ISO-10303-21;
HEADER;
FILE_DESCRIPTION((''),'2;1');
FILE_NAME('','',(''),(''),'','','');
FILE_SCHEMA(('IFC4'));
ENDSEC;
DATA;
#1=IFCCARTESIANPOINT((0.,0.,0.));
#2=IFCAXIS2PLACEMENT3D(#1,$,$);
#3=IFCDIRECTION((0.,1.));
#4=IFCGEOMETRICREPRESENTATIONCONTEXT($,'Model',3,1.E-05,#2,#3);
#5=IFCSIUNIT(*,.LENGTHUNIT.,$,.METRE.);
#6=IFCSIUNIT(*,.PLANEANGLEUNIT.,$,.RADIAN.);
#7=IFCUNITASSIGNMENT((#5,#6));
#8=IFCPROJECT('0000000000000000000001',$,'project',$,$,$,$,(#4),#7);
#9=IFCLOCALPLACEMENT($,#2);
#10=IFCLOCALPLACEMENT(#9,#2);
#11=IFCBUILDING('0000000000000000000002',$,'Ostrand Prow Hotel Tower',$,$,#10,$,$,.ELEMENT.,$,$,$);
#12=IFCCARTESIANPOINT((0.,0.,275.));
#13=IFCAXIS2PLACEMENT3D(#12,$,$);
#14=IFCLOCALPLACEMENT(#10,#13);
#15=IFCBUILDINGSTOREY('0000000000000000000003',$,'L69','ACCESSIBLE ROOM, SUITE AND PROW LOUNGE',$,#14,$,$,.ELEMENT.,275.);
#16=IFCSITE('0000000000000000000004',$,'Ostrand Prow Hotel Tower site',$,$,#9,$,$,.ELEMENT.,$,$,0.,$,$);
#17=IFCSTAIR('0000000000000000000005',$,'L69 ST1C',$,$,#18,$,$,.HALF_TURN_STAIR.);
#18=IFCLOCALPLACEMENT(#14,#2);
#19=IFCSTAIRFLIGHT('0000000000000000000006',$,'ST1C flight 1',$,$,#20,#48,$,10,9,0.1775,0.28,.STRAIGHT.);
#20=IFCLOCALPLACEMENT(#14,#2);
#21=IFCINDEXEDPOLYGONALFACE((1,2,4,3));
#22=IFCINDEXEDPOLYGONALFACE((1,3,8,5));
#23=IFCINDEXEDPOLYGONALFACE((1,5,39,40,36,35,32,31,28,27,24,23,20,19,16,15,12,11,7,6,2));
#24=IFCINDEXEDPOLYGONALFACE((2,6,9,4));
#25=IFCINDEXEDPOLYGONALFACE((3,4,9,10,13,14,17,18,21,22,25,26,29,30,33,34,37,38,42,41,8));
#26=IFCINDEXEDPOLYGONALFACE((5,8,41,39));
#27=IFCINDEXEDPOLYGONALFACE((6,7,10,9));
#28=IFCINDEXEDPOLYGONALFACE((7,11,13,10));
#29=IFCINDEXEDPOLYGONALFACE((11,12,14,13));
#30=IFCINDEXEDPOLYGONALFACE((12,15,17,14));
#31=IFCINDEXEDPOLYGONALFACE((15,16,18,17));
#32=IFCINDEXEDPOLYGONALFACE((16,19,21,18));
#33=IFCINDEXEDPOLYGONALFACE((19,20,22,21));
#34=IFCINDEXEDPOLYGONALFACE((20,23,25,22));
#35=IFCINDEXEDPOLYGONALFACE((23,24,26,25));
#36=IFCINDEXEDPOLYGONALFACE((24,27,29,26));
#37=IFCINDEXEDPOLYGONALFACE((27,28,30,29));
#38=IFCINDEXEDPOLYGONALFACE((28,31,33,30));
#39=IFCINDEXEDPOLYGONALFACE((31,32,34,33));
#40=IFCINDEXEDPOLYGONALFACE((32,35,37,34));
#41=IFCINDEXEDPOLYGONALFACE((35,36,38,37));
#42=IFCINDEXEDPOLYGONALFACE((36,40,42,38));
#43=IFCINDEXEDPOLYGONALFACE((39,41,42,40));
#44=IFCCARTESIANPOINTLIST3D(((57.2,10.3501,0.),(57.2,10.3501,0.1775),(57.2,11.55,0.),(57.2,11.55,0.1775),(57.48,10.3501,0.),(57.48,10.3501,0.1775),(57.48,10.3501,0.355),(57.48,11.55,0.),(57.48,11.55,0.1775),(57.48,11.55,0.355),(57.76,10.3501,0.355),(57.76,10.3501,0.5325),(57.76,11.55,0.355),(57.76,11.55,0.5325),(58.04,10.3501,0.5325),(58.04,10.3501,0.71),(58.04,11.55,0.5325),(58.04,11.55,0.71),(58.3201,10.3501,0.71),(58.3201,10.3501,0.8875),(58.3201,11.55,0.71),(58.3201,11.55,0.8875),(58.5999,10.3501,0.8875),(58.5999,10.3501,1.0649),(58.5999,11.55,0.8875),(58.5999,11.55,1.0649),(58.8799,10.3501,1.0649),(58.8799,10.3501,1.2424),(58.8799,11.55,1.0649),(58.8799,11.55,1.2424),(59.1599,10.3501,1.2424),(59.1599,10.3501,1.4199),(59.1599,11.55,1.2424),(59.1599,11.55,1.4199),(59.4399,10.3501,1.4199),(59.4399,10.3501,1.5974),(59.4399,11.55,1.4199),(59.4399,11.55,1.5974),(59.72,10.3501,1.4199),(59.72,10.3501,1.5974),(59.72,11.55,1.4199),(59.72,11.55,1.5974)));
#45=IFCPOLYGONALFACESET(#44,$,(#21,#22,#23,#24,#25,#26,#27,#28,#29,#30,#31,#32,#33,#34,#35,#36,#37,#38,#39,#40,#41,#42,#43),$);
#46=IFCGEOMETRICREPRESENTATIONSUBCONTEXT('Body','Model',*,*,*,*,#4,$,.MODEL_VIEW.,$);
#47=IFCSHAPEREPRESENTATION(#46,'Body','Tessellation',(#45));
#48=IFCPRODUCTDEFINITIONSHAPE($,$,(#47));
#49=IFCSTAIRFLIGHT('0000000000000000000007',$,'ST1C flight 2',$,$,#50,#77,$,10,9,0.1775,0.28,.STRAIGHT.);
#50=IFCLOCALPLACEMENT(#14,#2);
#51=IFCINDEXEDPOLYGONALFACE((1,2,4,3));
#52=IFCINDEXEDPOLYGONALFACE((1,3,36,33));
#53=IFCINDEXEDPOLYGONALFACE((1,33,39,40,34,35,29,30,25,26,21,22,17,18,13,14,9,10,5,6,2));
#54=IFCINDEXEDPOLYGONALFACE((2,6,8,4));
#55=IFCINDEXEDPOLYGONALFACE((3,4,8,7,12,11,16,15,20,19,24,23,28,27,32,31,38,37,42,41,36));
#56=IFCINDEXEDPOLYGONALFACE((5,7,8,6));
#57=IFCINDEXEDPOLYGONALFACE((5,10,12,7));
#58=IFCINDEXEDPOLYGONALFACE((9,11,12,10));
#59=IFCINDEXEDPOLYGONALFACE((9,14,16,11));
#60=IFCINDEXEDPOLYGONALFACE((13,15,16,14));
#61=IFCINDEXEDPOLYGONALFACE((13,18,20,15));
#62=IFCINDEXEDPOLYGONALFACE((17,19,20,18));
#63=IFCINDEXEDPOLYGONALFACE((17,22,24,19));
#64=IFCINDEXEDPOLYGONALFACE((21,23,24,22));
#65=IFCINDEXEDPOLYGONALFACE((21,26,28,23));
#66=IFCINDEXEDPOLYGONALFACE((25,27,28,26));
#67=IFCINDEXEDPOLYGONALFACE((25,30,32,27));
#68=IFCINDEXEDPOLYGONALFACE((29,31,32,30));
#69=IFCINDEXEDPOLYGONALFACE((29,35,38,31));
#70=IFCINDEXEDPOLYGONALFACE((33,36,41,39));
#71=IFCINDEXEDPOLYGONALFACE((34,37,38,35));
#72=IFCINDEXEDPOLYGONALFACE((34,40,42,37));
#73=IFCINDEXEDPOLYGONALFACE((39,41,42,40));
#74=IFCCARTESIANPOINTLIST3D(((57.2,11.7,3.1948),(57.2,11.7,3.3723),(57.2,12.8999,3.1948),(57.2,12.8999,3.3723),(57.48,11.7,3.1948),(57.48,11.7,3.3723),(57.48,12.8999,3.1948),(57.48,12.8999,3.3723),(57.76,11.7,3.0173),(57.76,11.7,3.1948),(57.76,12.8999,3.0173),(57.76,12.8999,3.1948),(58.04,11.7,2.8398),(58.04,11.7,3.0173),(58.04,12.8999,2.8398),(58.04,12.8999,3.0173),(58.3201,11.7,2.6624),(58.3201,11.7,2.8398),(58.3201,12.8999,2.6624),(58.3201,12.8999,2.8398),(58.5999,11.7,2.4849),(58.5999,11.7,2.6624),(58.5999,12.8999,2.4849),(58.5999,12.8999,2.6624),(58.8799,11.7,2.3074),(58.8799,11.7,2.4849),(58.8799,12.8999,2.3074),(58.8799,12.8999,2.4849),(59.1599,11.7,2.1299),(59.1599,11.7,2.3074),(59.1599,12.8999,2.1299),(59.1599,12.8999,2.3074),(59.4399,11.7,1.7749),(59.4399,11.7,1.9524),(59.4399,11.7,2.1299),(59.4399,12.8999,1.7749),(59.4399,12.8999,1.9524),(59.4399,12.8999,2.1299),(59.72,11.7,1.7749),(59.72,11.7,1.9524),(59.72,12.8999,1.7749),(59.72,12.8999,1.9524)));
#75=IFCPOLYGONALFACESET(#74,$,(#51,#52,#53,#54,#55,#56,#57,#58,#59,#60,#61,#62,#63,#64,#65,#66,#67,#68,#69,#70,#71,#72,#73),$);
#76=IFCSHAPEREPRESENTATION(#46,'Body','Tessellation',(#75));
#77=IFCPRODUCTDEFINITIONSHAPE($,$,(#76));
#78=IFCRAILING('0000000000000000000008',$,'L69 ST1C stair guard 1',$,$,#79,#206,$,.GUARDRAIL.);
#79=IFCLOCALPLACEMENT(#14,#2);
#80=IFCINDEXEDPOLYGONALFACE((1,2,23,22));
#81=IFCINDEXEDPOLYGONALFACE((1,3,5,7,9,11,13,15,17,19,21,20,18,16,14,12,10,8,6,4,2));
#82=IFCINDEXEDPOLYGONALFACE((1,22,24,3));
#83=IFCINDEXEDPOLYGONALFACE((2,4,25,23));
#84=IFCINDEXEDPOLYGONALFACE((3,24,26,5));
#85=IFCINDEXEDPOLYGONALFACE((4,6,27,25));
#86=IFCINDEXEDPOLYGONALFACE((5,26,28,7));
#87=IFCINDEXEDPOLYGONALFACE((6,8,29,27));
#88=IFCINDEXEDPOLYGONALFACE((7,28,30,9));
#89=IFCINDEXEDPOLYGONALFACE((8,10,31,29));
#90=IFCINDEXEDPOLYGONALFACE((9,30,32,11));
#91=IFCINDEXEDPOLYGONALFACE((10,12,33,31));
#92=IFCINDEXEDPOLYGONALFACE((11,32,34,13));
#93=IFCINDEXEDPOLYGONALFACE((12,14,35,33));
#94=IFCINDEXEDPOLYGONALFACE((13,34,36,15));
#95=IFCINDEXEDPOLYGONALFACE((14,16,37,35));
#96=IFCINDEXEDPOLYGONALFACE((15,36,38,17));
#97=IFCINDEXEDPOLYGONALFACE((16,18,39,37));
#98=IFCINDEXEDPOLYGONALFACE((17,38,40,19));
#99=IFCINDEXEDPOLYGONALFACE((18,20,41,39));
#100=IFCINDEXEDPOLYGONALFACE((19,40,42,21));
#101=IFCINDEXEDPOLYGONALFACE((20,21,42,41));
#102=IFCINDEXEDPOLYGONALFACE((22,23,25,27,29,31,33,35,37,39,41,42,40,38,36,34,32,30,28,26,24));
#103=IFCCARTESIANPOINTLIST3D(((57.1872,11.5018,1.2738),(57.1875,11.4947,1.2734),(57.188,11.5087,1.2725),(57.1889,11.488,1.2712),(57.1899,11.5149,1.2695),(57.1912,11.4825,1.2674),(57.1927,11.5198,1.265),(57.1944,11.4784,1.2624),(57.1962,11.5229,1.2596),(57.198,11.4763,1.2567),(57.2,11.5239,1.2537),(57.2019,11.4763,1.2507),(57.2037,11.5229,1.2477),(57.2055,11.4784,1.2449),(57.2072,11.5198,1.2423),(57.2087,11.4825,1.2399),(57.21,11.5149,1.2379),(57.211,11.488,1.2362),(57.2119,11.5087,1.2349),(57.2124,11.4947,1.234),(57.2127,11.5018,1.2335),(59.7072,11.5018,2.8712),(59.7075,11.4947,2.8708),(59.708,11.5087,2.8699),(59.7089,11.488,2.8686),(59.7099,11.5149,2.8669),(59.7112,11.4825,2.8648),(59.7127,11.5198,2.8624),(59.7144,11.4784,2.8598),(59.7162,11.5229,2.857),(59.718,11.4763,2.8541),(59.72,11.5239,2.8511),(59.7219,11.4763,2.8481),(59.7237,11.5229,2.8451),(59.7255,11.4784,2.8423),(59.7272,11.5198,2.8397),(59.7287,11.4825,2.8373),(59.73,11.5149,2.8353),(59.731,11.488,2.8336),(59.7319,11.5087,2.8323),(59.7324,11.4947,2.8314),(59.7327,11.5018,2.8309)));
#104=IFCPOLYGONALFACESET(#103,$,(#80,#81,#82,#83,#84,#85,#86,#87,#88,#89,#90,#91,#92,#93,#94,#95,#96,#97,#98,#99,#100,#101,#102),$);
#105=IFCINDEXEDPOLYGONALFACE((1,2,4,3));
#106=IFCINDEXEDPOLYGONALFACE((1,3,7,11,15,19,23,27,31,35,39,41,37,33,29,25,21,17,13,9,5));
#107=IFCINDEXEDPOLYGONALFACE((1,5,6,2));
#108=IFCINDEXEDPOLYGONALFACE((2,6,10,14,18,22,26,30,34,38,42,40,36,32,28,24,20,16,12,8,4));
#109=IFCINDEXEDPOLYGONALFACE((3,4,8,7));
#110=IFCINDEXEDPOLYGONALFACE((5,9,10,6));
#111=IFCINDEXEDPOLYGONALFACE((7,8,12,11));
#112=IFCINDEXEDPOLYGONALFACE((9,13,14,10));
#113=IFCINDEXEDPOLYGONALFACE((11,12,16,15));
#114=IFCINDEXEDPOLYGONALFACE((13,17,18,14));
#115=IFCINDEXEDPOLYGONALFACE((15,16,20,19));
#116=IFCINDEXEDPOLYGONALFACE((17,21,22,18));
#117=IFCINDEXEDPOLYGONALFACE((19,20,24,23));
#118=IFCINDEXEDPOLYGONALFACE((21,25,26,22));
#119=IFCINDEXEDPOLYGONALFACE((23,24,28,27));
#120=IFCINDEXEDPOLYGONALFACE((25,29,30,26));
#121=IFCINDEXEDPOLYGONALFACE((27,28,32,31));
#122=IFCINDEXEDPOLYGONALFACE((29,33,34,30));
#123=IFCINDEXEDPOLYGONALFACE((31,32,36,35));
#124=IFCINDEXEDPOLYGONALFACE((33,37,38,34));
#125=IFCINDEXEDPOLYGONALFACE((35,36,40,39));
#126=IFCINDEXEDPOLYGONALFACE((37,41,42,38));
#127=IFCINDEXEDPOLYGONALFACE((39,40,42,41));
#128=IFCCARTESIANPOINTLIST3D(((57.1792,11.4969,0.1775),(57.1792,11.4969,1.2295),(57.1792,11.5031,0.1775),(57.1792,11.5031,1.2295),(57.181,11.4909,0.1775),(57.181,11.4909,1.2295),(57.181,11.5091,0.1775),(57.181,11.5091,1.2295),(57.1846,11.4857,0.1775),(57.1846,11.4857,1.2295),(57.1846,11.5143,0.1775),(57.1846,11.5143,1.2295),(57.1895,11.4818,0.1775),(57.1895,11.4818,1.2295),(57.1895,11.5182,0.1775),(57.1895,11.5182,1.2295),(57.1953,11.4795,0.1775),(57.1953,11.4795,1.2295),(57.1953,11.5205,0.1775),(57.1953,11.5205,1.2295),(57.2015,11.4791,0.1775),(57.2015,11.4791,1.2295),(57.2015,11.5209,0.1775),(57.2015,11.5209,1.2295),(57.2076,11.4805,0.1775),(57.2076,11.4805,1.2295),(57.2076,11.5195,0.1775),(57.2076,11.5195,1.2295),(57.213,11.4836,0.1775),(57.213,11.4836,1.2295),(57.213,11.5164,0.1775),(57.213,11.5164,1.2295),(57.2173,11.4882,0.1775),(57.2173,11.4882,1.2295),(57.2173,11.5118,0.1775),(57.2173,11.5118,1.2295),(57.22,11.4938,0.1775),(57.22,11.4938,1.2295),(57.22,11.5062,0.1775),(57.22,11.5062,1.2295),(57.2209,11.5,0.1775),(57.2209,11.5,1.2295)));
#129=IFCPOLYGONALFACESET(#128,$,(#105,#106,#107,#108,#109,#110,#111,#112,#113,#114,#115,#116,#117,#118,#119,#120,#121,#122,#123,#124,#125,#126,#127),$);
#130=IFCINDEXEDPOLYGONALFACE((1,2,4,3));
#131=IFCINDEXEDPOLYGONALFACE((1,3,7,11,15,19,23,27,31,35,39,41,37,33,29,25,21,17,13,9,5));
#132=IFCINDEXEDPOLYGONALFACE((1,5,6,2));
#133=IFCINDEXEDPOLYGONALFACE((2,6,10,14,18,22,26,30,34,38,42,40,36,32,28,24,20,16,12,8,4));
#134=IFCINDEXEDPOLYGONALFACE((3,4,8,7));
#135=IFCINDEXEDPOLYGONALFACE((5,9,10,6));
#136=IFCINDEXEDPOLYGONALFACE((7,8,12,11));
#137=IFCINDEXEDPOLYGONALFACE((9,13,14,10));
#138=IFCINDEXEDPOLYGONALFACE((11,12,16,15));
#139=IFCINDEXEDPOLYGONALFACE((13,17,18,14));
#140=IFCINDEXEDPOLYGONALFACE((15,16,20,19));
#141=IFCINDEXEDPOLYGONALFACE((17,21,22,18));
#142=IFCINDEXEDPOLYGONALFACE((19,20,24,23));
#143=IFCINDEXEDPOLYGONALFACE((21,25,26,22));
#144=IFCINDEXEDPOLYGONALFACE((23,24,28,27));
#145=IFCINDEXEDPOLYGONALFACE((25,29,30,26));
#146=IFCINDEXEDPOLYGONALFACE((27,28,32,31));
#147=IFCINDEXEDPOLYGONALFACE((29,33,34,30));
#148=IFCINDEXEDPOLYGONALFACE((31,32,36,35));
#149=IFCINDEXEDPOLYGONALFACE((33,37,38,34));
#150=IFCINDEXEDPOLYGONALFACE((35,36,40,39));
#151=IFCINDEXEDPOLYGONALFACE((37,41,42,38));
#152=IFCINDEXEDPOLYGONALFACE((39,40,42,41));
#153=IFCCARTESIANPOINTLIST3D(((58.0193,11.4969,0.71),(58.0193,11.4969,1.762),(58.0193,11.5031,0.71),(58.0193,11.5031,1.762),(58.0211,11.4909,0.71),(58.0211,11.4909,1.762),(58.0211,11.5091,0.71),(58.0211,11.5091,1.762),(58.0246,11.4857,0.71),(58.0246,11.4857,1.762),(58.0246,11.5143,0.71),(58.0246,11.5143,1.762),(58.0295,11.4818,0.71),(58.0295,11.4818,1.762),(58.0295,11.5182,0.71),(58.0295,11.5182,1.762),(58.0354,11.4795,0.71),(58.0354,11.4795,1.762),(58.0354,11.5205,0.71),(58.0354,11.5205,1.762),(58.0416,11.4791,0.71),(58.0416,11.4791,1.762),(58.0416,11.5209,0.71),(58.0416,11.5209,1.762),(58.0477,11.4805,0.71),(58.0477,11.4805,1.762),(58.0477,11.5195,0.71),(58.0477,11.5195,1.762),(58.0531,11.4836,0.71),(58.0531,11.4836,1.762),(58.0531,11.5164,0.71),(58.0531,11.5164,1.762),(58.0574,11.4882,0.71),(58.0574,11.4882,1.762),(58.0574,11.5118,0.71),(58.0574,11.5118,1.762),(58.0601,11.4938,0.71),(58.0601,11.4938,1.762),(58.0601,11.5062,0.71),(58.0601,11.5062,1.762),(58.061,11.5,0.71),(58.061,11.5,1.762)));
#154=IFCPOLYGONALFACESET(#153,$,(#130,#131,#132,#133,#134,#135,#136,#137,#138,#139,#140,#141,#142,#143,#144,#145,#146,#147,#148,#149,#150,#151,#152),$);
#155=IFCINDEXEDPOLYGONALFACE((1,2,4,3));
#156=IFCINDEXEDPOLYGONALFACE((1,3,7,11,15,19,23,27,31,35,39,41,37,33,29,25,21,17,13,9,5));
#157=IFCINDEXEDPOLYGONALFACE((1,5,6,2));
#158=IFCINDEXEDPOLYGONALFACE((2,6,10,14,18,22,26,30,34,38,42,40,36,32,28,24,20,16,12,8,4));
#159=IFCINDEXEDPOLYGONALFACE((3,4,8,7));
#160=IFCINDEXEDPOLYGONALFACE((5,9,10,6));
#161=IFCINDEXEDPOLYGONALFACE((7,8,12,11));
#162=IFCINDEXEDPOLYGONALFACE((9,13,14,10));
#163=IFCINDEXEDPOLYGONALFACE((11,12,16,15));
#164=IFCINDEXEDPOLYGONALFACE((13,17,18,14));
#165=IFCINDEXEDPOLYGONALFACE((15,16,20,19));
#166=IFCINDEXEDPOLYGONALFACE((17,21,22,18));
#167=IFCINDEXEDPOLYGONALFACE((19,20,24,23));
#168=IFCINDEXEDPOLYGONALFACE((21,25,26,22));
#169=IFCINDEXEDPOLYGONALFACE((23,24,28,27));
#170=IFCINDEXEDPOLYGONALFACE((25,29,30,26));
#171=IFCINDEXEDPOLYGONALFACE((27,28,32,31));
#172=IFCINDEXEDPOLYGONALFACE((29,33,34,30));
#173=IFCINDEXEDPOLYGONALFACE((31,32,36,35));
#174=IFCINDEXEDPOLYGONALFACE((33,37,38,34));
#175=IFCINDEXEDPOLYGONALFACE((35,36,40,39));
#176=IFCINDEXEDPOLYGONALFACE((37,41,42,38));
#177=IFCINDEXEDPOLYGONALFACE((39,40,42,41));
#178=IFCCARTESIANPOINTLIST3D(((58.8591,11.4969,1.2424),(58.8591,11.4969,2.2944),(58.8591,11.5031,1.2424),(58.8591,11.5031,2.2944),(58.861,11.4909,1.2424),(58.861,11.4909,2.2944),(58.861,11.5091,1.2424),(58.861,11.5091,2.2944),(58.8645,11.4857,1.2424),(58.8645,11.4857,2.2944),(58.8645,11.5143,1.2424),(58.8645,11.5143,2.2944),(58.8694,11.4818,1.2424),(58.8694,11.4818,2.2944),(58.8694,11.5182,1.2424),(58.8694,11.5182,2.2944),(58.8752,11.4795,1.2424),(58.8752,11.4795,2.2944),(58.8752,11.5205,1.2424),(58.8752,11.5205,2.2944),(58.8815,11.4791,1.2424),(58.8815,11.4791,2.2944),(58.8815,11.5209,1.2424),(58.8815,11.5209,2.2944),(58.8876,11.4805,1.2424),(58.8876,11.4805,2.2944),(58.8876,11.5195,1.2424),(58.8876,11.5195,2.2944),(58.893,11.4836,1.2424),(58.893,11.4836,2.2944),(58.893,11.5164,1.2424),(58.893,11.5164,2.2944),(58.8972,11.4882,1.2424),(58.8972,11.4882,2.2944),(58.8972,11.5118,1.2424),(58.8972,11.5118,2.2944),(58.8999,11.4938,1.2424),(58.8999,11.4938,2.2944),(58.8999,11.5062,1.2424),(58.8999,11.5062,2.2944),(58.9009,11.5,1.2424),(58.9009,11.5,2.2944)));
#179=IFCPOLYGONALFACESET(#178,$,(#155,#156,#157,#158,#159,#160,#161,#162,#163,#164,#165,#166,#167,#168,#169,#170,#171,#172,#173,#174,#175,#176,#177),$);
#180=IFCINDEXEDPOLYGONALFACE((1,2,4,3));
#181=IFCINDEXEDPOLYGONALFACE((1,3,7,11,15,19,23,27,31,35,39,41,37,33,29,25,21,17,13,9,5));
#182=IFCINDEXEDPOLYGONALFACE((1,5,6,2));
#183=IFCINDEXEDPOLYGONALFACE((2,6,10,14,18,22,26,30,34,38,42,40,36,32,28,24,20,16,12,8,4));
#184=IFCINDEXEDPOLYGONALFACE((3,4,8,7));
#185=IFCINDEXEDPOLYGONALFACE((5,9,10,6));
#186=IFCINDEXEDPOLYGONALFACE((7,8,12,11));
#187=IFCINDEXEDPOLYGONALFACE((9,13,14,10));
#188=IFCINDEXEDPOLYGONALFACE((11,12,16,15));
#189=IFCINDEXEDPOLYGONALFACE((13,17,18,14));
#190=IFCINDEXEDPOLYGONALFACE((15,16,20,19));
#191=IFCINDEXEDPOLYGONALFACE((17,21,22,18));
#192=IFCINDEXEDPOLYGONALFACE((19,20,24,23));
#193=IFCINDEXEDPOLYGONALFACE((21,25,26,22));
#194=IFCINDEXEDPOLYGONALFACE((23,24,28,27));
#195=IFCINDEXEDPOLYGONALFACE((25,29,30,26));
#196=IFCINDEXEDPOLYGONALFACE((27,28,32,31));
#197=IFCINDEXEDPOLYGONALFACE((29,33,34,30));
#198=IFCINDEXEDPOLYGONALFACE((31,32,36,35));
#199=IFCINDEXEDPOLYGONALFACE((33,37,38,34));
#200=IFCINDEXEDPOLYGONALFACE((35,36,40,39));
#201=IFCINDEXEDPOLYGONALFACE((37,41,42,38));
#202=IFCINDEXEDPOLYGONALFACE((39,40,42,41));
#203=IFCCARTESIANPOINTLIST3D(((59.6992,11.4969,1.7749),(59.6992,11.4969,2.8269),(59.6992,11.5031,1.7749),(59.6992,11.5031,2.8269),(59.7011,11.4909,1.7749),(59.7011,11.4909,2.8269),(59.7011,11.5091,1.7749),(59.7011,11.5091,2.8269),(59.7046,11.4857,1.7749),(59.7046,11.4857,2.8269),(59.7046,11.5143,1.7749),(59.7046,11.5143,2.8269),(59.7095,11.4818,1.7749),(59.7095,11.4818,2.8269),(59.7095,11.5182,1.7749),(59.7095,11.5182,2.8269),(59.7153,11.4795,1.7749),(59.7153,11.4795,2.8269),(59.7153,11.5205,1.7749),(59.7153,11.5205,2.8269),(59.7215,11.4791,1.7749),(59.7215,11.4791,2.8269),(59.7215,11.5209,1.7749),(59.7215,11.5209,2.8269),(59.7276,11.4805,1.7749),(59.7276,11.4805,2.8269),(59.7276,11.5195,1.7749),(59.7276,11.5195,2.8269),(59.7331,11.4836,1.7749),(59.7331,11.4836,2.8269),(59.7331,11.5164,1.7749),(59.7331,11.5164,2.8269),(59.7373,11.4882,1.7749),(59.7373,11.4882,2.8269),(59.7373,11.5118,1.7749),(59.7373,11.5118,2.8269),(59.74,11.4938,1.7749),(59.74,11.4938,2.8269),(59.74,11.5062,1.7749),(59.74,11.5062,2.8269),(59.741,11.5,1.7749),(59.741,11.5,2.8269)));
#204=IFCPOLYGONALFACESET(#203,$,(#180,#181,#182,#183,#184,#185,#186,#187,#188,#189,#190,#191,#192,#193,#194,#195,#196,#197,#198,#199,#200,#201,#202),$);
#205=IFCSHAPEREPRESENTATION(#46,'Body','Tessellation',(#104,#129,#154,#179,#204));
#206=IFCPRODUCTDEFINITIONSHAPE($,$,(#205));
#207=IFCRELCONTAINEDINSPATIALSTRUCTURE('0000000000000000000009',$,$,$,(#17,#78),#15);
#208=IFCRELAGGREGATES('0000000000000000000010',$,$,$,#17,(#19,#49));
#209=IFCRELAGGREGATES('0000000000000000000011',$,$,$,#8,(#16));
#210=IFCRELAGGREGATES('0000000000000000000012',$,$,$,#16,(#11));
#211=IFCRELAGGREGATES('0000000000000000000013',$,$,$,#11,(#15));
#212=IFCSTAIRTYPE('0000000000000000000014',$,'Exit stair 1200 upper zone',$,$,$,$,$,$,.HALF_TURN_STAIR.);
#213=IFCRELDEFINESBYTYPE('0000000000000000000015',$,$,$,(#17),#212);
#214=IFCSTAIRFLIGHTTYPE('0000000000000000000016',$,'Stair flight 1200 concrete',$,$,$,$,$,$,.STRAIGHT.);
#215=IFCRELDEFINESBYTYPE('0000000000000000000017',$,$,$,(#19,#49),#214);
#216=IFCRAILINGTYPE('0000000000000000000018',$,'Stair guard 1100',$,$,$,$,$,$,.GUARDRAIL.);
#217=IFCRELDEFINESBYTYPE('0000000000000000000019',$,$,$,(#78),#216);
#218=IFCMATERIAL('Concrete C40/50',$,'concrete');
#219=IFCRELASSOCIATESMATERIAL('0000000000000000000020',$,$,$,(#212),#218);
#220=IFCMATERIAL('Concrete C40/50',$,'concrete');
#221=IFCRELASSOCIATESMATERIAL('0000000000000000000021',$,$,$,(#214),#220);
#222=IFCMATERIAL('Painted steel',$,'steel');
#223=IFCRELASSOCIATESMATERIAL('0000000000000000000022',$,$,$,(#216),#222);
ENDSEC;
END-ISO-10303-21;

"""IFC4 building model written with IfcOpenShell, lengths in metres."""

from ifc_helpers import new_model, si_unit, direction, frame, origin, origin_2d, place, context, subcontext, project, spatial, polyline, circle, outline, extrude, material, type_object, element, aggregate, save


model = new_model("IFC4")

# Units and contexts
model_context = context("Model", 3, precision=1e-05, world=origin(), true_north=direction((0.0, 1.0)))
body_context = subcontext(model_context, "Body", "Model", "MODEL_VIEW")
ifc_project = project(units=[si_unit("LENGTHUNIT", "METRE"), si_unit("PLANEANGLEUNIT", "RADIAN")], contexts=[model_context])

# Site, building, storey
site_placement = place(None, origin())
site = spatial("IfcSite", under=ifc_project, at=site_placement, Name="Ostrand Prow Hotel Tower site", CompositionType="ELEMENT", RefElevation=0.0)
building_placement = place(site_placement, origin())
building = spatial("IfcBuilding", under=site, at=building_placement, Name="Ostrand Prow Hotel Tower", CompositionType="ELEMENT")
storey_placement = place(building_placement, frame((0.0, 0.0, 275.0)))
storey = spatial("IfcBuildingStorey", under=building, at=storey_placement, Name="L69", Description="ACCESSIBLE ROOM, SUITE AND PROW LOUNGE", CompositionType="ELEMENT", Elevation=275.0)

# Stair, stair flights
ifc_material_1 = material(Name="Concrete C40/50", Category="concrete")
stair_type = type_object("IfcStairType", Name="Exit stair 1200 upper zone", PredefinedType="HALF_TURN_STAIR", material=ifc_material_1)
stair_placement = place(storey_placement, origin())
stair = element("IfcStair", 1, at=stair_placement, inside=storey, type_object=stair_type, Name="L69 ST1C", PredefinedType="HALF_TURN_STAIR")
ifc_material_2 = material(Name="Concrete C40/50", Category="concrete")
stair_flight_type = type_object("IfcStairFlightType", Name="Stair flight 1200 concrete", PredefinedType="STRAIGHT", material=ifc_material_2)
stair_flight_1_placement = place(storey_placement, frame((57.2, 10.95, 0.0), z_axis=(0.0, 0.0, 1.0), x_axis=(1.0, 0.0, 0.0)))
stair_flight_1 = element("IfcStairFlight", 2, at=stair_flight_1_placement, type_object=stair_flight_type, Name="ST1C flight 1", NumberOfRisers=10, NumberOfTreads=9, PredefinedType="STRAIGHT", RiserHeight=0.1775, TreadLength=0.28, context=body_context, shape_type="SweptSolid", body=[
    extrude(outline(polyline([(0.0, 0.0), (0.0, 0.1775), (0.28, 0.1775), (0.28, 0.355), (0.5601, 0.355), (0.5601, 0.5325), (0.8401, 0.5325), (0.8401, 0.71), (1.1201, 0.71), (1.1201, 0.8875), (1.3999, 0.8875), (1.3999, 1.0649), (1.6799, 1.0649), (1.6799, 1.2424), (1.96, 1.2424), (1.96, 1.4199), (2.24, 1.4199), (2.24, 1.5974), (2.52, 1.5974), (2.52, 1.7749), (2.52, 1.4199), (0.28, 0.0), (0.0, 0.0)])), frame((0.0, 0.6001, 0.0), z_axis=(0.0, -1.0, 0.0), x_axis=(1.0, 0.0, 0.0)), (0.0, 0.0, 1.0), 1.2),
])
stair_flight_2_placement = place(storey_placement, frame((59.72, 12.3, 1.7749), z_axis=(0.0, 0.0, 1.0), x_axis=(-1.0, 0.0, 0.0)))
stair_flight_2 = element("IfcStairFlight", 3, at=stair_flight_2_placement, type_object=stair_flight_type, Name="ST1C flight 2", NumberOfRisers=10, NumberOfTreads=9, PredefinedType="STRAIGHT", RiserHeight=0.1775, TreadLength=0.28, context=body_context, shape_type="SweptSolid", body=[
    extrude(outline(polyline([(0.0, 0.0), (0.0, 0.1775), (0.28, 0.1775), (0.28, 0.355), (0.5601, 0.355), (0.5601, 0.5325), (0.8401, 0.5325), (0.8401, 0.71), (1.1201, 0.71), (1.1201, 0.8875), (1.3999, 0.8875), (1.3999, 1.0649), (1.6799, 1.0649), (1.6799, 1.2424), (1.96, 1.2424), (1.96, 1.4199), (2.24, 1.4199), (2.24, 1.5974), (2.52, 1.5974), (2.52, 1.7749), (2.52, 1.4199), (0.28, 0.0), (0.0, 0.0)])), frame((0.0, 0.6001, 0.0), z_axis=(0.0, -1.0, 0.0), x_axis=(1.0, 0.0, 0.0)), (0.0, 0.0, 1.0), 1.2),
])
aggregate(stair, [stair_flight_1, stair_flight_2])

# Railing
ifc_material_3 = material(Name="Painted steel", Category="steel")
railing_type_1 = type_object("IfcRailingType", Name="Stair guard 1100", PredefinedType="GUARDRAIL", material=ifc_material_3)
railing_1_placement = place(storey_placement, frame((57.2, 11.5, 0.1775)))
element("IfcRailing", 4, at=railing_1_placement, inside=storey, type_object=railing_type_1, Name="L69 ST1C stair guard 1", PredefinedType="GUARDRAIL", context=body_context, shape_type="SweptSolid", body=[
    extrude(circle(Radius=0.0239, at=origin_2d()), frame((0.0, 0.0, 1.0762), z_axis=(0.844607, 0.0, 0.535387), x_axis=(0.0, 1.0, 0.0)), (0.0, 0.0, 1.0), 2.9836),
    extrude(circle(Radius=0.021, at=origin_2d()), origin(), (0.0, 0.0, 1.0), 1.052),
    extrude(circle(Radius=0.021, at=origin_2d()), frame((0.8401, 0.0, 0.5325)), (0.0, 0.0, 1.0), 1.052),
    extrude(circle(Radius=0.021, at=origin_2d()), frame((1.6799, 0.0, 1.0649)), (0.0, 0.0, 1.0), 1.052),
    extrude(circle(Radius=0.021, at=origin_2d()), frame((2.52, 0.0, 1.5974)), (0.0, 0.0, 1.0), 1.052),
])

save(model, "model.ifc")
